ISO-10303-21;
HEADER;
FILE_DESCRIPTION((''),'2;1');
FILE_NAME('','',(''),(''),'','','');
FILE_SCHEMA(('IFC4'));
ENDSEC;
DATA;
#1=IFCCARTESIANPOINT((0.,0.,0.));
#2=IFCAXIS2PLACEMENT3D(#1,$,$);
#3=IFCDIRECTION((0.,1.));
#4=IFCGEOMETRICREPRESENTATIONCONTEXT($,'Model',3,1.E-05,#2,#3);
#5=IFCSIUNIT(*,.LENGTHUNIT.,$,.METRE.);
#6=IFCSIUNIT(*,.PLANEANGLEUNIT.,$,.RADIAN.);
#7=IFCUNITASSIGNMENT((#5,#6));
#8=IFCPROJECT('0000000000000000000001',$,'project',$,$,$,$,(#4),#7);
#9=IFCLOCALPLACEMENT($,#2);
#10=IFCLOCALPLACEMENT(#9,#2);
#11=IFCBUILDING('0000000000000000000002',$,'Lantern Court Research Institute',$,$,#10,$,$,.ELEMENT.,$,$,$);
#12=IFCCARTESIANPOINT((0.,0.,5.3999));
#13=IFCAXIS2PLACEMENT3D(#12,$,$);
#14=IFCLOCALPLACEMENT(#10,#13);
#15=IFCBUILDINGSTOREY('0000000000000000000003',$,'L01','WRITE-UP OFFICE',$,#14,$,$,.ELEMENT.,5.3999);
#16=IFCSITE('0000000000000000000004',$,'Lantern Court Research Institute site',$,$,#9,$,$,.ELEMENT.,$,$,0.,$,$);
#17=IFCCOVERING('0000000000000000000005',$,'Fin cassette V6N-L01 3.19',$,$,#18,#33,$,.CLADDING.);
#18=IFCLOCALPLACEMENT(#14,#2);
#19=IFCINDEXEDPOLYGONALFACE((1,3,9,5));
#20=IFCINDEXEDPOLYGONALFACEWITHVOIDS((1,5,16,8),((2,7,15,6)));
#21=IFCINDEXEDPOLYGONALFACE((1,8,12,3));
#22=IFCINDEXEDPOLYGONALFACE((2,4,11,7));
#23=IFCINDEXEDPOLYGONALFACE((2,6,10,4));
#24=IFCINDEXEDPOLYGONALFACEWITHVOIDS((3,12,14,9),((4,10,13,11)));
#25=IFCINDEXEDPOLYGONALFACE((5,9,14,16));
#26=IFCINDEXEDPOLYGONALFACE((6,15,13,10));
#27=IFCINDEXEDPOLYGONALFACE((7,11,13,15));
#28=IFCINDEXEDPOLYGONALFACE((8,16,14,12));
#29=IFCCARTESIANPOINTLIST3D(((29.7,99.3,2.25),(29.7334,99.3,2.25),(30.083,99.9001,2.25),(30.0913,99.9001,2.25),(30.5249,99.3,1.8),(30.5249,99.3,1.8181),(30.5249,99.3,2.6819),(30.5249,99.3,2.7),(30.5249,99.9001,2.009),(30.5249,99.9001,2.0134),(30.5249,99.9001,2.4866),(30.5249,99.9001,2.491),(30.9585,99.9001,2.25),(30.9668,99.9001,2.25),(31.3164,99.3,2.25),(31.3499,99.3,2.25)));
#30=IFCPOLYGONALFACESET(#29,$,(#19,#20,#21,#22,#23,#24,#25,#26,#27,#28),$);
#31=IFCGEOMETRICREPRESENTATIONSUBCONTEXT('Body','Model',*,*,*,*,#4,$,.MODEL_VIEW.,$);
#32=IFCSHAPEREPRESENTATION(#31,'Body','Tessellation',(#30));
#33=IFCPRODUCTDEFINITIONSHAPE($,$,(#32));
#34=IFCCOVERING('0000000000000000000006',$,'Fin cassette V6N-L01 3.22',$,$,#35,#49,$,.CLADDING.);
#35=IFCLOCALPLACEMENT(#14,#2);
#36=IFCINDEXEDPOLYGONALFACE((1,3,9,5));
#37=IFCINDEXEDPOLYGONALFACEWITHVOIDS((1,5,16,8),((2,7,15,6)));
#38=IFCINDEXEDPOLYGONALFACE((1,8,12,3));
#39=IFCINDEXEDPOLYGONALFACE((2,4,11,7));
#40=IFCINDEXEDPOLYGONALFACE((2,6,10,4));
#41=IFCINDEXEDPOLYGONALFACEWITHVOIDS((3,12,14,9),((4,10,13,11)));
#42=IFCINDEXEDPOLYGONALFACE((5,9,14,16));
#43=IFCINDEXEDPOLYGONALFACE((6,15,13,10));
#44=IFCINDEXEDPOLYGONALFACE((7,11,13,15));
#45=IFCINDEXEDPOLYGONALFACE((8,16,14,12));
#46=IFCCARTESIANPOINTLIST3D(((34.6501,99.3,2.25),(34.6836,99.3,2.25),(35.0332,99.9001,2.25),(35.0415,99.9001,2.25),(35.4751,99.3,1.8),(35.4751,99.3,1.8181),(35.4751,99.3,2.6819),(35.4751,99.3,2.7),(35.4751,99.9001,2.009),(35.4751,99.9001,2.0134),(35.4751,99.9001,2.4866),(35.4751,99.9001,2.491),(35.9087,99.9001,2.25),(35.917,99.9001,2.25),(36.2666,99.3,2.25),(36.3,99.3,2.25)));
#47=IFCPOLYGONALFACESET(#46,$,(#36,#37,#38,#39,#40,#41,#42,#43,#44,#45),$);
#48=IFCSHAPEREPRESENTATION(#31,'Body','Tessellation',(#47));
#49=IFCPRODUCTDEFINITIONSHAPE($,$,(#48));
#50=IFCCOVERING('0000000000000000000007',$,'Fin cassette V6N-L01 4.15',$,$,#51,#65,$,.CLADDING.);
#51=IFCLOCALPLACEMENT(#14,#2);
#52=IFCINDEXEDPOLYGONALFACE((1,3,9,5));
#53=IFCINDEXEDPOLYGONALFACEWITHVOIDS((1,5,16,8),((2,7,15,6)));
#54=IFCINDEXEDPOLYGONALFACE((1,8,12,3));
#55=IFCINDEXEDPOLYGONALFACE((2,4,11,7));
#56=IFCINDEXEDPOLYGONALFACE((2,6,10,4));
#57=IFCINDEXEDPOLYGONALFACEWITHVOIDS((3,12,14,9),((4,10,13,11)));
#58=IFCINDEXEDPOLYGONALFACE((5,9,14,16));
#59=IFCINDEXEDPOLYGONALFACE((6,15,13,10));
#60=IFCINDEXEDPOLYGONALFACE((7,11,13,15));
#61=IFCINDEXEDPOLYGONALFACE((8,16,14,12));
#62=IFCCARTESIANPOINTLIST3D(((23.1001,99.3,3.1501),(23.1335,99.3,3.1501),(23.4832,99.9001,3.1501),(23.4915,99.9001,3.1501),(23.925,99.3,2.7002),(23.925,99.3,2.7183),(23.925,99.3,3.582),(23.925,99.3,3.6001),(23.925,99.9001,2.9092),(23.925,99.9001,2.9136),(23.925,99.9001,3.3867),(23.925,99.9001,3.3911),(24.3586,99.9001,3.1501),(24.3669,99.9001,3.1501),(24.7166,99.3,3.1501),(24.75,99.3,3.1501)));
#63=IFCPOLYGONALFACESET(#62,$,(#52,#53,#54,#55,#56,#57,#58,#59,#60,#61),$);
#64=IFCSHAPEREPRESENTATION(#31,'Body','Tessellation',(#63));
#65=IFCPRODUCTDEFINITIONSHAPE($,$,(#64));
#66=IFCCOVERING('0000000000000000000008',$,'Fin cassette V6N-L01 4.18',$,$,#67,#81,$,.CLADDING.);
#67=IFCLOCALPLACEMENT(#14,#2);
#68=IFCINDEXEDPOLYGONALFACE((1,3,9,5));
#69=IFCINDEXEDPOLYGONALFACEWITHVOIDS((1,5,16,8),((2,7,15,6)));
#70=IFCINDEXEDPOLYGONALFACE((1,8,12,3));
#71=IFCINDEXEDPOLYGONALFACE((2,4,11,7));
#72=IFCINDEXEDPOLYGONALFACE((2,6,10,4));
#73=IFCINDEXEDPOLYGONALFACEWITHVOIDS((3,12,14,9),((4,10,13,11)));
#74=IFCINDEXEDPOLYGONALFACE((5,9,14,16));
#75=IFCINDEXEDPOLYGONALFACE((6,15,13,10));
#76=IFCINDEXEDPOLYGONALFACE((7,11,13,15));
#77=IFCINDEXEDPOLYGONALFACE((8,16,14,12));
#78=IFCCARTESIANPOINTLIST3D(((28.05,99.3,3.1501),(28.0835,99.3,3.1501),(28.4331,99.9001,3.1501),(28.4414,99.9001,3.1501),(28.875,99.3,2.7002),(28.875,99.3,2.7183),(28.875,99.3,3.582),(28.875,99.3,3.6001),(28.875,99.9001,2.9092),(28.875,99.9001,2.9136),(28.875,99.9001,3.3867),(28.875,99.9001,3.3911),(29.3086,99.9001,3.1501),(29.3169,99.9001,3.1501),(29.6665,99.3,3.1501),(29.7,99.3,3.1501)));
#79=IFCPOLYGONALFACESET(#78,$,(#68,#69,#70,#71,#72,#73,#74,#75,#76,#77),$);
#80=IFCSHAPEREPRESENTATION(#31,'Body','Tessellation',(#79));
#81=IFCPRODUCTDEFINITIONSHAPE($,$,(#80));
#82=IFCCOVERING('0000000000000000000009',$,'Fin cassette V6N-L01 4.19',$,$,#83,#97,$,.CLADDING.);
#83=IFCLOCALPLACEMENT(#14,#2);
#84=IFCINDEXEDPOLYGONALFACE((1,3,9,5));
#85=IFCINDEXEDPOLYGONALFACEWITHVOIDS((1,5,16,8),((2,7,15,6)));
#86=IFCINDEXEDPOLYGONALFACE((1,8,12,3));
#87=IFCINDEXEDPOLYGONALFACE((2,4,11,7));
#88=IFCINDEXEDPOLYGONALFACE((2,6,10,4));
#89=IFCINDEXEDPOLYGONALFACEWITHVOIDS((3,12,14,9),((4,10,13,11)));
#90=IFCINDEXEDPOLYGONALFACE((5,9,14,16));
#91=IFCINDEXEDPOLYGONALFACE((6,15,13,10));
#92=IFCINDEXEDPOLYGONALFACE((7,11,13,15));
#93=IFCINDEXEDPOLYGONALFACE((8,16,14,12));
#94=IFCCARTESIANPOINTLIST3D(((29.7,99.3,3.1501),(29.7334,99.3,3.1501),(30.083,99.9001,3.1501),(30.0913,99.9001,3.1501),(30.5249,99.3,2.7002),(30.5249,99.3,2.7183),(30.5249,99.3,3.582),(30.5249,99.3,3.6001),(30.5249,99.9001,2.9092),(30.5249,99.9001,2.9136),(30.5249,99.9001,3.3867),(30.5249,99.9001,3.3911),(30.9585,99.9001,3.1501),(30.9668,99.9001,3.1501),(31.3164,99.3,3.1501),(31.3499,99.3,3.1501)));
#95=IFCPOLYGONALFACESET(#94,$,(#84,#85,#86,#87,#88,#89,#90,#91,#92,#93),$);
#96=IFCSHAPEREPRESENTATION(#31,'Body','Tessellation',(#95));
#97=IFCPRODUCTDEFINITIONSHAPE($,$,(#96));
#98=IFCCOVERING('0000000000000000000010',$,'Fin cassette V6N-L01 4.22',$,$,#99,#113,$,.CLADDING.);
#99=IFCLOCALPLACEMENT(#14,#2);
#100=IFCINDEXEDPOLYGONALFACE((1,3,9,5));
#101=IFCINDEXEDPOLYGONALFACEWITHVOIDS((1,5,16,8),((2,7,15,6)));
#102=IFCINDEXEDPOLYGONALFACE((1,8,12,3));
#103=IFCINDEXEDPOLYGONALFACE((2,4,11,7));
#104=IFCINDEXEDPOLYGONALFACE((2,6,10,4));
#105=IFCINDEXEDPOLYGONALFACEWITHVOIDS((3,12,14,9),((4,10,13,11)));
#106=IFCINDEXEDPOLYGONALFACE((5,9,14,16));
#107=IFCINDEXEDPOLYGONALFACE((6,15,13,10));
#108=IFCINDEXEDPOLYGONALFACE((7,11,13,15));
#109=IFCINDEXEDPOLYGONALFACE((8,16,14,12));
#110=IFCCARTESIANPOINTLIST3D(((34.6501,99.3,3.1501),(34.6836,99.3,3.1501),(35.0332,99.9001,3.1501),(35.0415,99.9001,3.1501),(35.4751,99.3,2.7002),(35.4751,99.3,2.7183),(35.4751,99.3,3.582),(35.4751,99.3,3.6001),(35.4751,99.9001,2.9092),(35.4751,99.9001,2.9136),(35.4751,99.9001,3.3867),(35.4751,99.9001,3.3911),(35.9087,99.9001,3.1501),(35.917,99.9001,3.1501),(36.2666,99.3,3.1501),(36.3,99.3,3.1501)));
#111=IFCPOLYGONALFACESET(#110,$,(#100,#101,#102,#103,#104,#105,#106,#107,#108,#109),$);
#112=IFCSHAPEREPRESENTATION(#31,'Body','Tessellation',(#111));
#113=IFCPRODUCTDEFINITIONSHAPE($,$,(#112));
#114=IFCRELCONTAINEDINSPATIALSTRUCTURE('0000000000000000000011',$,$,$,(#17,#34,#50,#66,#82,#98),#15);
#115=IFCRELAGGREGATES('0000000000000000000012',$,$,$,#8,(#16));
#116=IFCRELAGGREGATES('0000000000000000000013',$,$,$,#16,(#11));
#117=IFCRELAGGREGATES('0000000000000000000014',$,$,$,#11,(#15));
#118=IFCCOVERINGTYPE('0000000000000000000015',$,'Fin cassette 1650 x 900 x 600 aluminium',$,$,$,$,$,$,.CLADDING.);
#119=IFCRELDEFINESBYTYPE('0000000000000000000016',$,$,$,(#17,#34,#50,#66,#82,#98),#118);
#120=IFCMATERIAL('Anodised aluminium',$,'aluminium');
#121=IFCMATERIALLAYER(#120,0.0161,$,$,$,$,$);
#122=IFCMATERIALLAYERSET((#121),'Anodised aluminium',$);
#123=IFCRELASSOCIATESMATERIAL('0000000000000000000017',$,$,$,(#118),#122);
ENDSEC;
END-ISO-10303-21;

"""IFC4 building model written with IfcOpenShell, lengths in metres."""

from ifc_helpers import new_model, entity, si_unit, direction, frame, origin, place, context, subcontext, project, spatial, material, layer, layer_set, type_object, element, save


model = new_model("IFC4")

# Units and contexts
model_context = context("Model", 3, precision=1e-05, world=origin(), true_north=direction((0.0, 1.0)))
body_context = subcontext(model_context, "Body", "Model", "MODEL_VIEW")
ifc_project = project(units=[si_unit("LENGTHUNIT", "METRE"), si_unit("PLANEANGLEUNIT", "RADIAN")], contexts=[model_context])

# Site, building, storey
site_placement = place(None, origin())
site = spatial("IfcSite", under=ifc_project, at=site_placement, Name="Lantern Court Research Institute site", CompositionType="ELEMENT", RefElevation=0.0)
building_placement = place(site_placement, origin())
building = spatial("IfcBuilding", under=site, at=building_placement, Name="Lantern Court Research Institute", CompositionType="ELEMENT")
storey_placement = place(building_placement, frame((0.0, 0.0, 5.3999)))
storey = spatial("IfcBuildingStorey", under=building, at=storey_placement, Name="L01", Description="WRITE-UP OFFICE", CompositionType="ELEMENT", Elevation=5.3999)

# Coverings
ifc_material_1 = material(Name="Anodised aluminium", Category="aluminium")
ifc_layer_1 = layer(ifc_material_1, 0.0161)
ifc_layer_set_1 = layer_set([ifc_layer_1], Name="Anodised aluminium")
covering_type_1 = type_object("IfcCoveringType", Name="Fin cassette 1650 x 900 x 600 aluminium", PredefinedType="CLADDING", material=ifc_layer_set_1)
covering_1_placement = place(storey_placement, frame((30.5249, 99.3, 2.25), z_axis=(0.0, 1.0, 0.0), x_axis=(-1.0, 0.0, 0.0)))
cartesian_point_1 = entity("IfcCartesianPoint", [0.825, 0.0])
cartesian_point_2 = entity("IfcCartesianPoint", [0.7915, 0.0])
cartesian_point_3 = entity("IfcCartesianPoint", [0.4419, 0.0])
cartesian_point_4 = entity("IfcCartesianPoint", [0.4336, 0.0])
element("IfcCovering", 1, at=covering_1_placement, inside=storey, type_object=covering_type_1, Name="Fin cassette V6N-L01 3.19", PredefinedType="CLADDING", context=body_context, shape_type="SweptSolid", body=[
    entity("IfcExtrudedAreaSolidTapered", entity("IfcArbitraryProfileDefWithVoids", "AREA", None, entity("IfcPolyline", [cartesian_point_1, entity("IfcCartesianPoint", [0.0, 0.45]), entity("IfcCartesianPoint", [-0.825, 0.0]), entity("IfcCartesianPoint", [0.0, -0.45]), cartesian_point_1]), [entity("IfcPolyline", [cartesian_point_2, entity("IfcCartesianPoint", [0.0, 0.4319]), entity("IfcCartesianPoint", [-0.7915, 0.0]), entity("IfcCartesianPoint", [0.0, -0.4319]), cartesian_point_2])]), entity("IfcAxis2Placement3D", entity("IfcCartesianPoint", [0.0, 0.0, 0.0])), entity("IfcDirection", [0.0, 0.0, 1.0]), 0.6001, entity("IfcArbitraryProfileDefWithVoids", "AREA", None, entity("IfcPolyline", [cartesian_point_3, entity("IfcCartesianPoint", [0.0, 0.241]), entity("IfcCartesianPoint", [-0.4419, 0.0]), entity("IfcCartesianPoint", [0.0, -0.241]), cartesian_point_3]), [entity("IfcPolyline", [cartesian_point_4, entity("IfcCartesianPoint", [0.0, 0.2366]), entity("IfcCartesianPoint", [-0.4336, 0.0]), entity("IfcCartesianPoint", [0.0, -0.2366]), cartesian_point_4])])),
])
covering_2_placement = place(storey_placement, frame((35.4751, 99.3, 2.25), z_axis=(0.0, 1.0, 0.0), x_axis=(-1.0, 0.0, 0.0)))
cartesian_point_5 = entity("IfcCartesianPoint", [0.825, 0.0])
cartesian_point_6 = entity("IfcCartesianPoint", [0.7915, 0.0])
cartesian_point_7 = entity("IfcCartesianPoint", [0.4419, 0.0])
cartesian_point_8 = entity("IfcCartesianPoint", [0.4336, 0.0])
element("IfcCovering", 2, at=covering_2_placement, inside=storey, type_object=covering_type_1, Name="Fin cassette V6N-L01 3.22", PredefinedType="CLADDING", context=body_context, shape_type="SweptSolid", body=[
    entity("IfcExtrudedAreaSolidTapered", entity("IfcArbitraryProfileDefWithVoids", "AREA", None, entity("IfcPolyline", [cartesian_point_5, entity("IfcCartesianPoint", [0.0, 0.45]), entity("IfcCartesianPoint", [-0.825, 0.0]), entity("IfcCartesianPoint", [0.0, -0.45]), cartesian_point_5]), [entity("IfcPolyline", [cartesian_point_6, entity("IfcCartesianPoint", [0.0, 0.4319]), entity("IfcCartesianPoint", [-0.7915, 0.0]), entity("IfcCartesianPoint", [0.0, -0.4319]), cartesian_point_6])]), entity("IfcAxis2Placement3D", entity("IfcCartesianPoint", [0.0, 0.0, 0.0])), entity("IfcDirection", [0.0, 0.0, 1.0]), 0.6001, entity("IfcArbitraryProfileDefWithVoids", "AREA", None, entity("IfcPolyline", [cartesian_point_7, entity("IfcCartesianPoint", [0.0, 0.241]), entity("IfcCartesianPoint", [-0.4419, 0.0]), entity("IfcCartesianPoint", [0.0, -0.241]), cartesian_point_7]), [entity("IfcPolyline", [cartesian_point_8, entity("IfcCartesianPoint", [0.0, 0.2366]), entity("IfcCartesianPoint", [-0.4336, 0.0]), entity("IfcCartesianPoint", [0.0, -0.2366]), cartesian_point_8])])),
])
covering_3_placement = place(storey_placement, frame((23.925, 99.3, 3.1501), z_axis=(0.0, 1.0, 0.0), x_axis=(-1.0, 0.0, 0.0)))
cartesian_point_9 = entity("IfcCartesianPoint", [0.825, 0.0])
cartesian_point_10 = entity("IfcCartesianPoint", [0.7915, 0.0])
cartesian_point_11 = entity("IfcCartesianPoint", [0.4419, 0.0])
cartesian_point_12 = entity("IfcCartesianPoint", [0.4336, 0.0])
element("IfcCovering", 3, at=covering_3_placement, inside=storey, type_object=covering_type_1, Name="Fin cassette V6N-L01 4.15", PredefinedType="CLADDING", context=body_context, shape_type="SweptSolid", body=[
    entity("IfcExtrudedAreaSolidTapered", entity("IfcArbitraryProfileDefWithVoids", "AREA", None, entity("IfcPolyline", [cartesian_point_9, entity("IfcCartesianPoint", [0.0, 0.45]), entity("IfcCartesianPoint", [-0.825, 0.0]), entity("IfcCartesianPoint", [0.0, -0.45]), cartesian_point_9]), [entity("IfcPolyline", [cartesian_point_10, entity("IfcCartesianPoint", [0.0, 0.4319]), entity("IfcCartesianPoint", [-0.7915, 0.0]), entity("IfcCartesianPoint", [0.0, -0.4319]), cartesian_point_10])]), entity("IfcAxis2Placement3D", entity("IfcCartesianPoint", [0.0, 0.0, 0.0])), entity("IfcDirection", [0.0, 0.0, 1.0]), 0.6001, entity("IfcArbitraryProfileDefWithVoids", "AREA", None, entity("IfcPolyline", [cartesian_point_11, entity("IfcCartesianPoint", [0.0, 0.241]), entity("IfcCartesianPoint", [-0.4419, 0.0]), entity("IfcCartesianPoint", [0.0, -0.241]), cartesian_point_11]), [entity("IfcPolyline", [cartesian_point_12, entity("IfcCartesianPoint", [0.0, 0.2366]), entity("IfcCartesianPoint", [-0.4336, 0.0]), entity("IfcCartesianPoint", [0.0, -0.2366]), cartesian_point_12])])),
])
covering_4_placement = place(storey_placement, frame((28.875, 99.3, 3.1501), z_axis=(0.0, 1.0, 0.0), x_axis=(-1.0, 0.0, 0.0)))
cartesian_point_13 = entity("IfcCartesianPoint", [0.825, 0.0])
cartesian_point_14 = entity("IfcCartesianPoint", [0.7915, 0.0])
cartesian_point_15 = entity("IfcCartesianPoint", [0.4419, 0.0])
cartesian_point_16 = entity("IfcCartesianPoint", [0.4336, 0.0])
element("IfcCovering", 4, at=covering_4_placement, inside=storey, type_object=covering_type_1, Name="Fin cassette V6N-L01 4.18", PredefinedType="CLADDING", context=body_context, shape_type="SweptSolid", body=[
    entity("IfcExtrudedAreaSolidTapered", entity("IfcArbitraryProfileDefWithVoids", "AREA", None, entity("IfcPolyline", [cartesian_point_13, entity("IfcCartesianPoint", [0.0, 0.45]), entity("IfcCartesianPoint", [-0.825, 0.0]), entity("IfcCartesianPoint", [0.0, -0.45]), cartesian_point_13]), [entity("IfcPolyline", [cartesian_point_14, entity("IfcCartesianPoint", [0.0, 0.4319]), entity("IfcCartesianPoint", [-0.7915, 0.0]), entity("IfcCartesianPoint", [0.0, -0.4319]), cartesian_point_14])]), entity("IfcAxis2Placement3D", entity("IfcCartesianPoint", [0.0, 0.0, 0.0])), entity("IfcDirection", [0.0, 0.0, 1.0]), 0.6001, entity("IfcArbitraryProfileDefWithVoids", "AREA", None, entity("IfcPolyline", [cartesian_point_15, entity("IfcCartesianPoint", [0.0, 0.241]), entity("IfcCartesianPoint", [-0.4419, 0.0]), entity("IfcCartesianPoint", [0.0, -0.241]), cartesian_point_15]), [entity("IfcPolyline", [cartesian_point_16, entity("IfcCartesianPoint", [0.0, 0.2366]), entity("IfcCartesianPoint", [-0.4336, 0.0]), entity("IfcCartesianPoint", [0.0, -0.2366]), cartesian_point_16])])),
])
covering_5_placement = place(storey_placement, frame((30.5249, 99.3, 3.1501), z_axis=(0.0, 1.0, 0.0), x_axis=(-1.0, 0.0, 0.0)))
cartesian_point_17 = entity("IfcCartesianPoint", [0.825, 0.0])
cartesian_point_18 = entity("IfcCartesianPoint", [0.7915, 0.0])
cartesian_point_19 = entity("IfcCartesianPoint", [0.4419, 0.0])
cartesian_point_20 = entity("IfcCartesianPoint", [0.4336, 0.0])
element("IfcCovering", 5, at=covering_5_placement, inside=storey, type_object=covering_type_1, Name="Fin cassette V6N-L01 4.19", PredefinedType="CLADDING", context=body_context, shape_type="SweptSolid", body=[
    entity("IfcExtrudedAreaSolidTapered", entity("IfcArbitraryProfileDefWithVoids", "AREA", None, entity("IfcPolyline", [cartesian_point_17, entity("IfcCartesianPoint", [0.0, 0.45]), entity("IfcCartesianPoint", [-0.825, 0.0]), entity("IfcCartesianPoint", [0.0, -0.45]), cartesian_point_17]), [entity("IfcPolyline", [cartesian_point_18, entity("IfcCartesianPoint", [0.0, 0.4319]), entity("IfcCartesianPoint", [-0.7915, 0.0]), entity("IfcCartesianPoint", [0.0, -0.4319]), cartesian_point_18])]), entity("IfcAxis2Placement3D", entity("IfcCartesianPoint", [0.0, 0.0, 0.0])), entity("IfcDirection", [0.0, 0.0, 1.0]), 0.6001, entity("IfcArbitraryProfileDefWithVoids", "AREA", None, entity("IfcPolyline", [cartesian_point_19, entity("IfcCartesianPoint", [0.0, 0.241]), entity("IfcCartesianPoint", [-0.4419, 0.0]), entity("IfcCartesianPoint", [0.0, -0.241]), cartesian_point_19]), [entity("IfcPolyline", [cartesian_point_20, entity("IfcCartesianPoint", [0.0, 0.2366]), entity("IfcCartesianPoint", [-0.4336, 0.0]), entity("IfcCartesianPoint", [0.0, -0.2366]), cartesian_point_20])])),
])
covering_6_placement = place(storey_placement, frame((35.4751, 99.3, 3.1501), z_axis=(0.0, 1.0, 0.0), x_axis=(-1.0, 0.0, 0.0)))
cartesian_point_21 = entity("IfcCartesianPoint", [0.825, 0.0])
cartesian_point_22 = entity("IfcCartesianPoint", [0.7915, 0.0])
cartesian_point_23 = entity("IfcCartesianPoint", [0.4419, 0.0])
cartesian_point_24 = entity("IfcCartesianPoint", [0.4336, 0.0])
element("IfcCovering", 6, at=covering_6_placement, inside=storey, type_object=covering_type_1, Name="Fin cassette V6N-L01 4.22", PredefinedType="CLADDING", context=body_context, shape_type="SweptSolid", body=[
    entity("IfcExtrudedAreaSolidTapered", entity("IfcArbitraryProfileDefWithVoids", "AREA", None, entity("IfcPolyline", [cartesian_point_21, entity("IfcCartesianPoint", [0.0, 0.45]), entity("IfcCartesianPoint", [-0.825, 0.0]), entity("IfcCartesianPoint", [0.0, -0.45]), cartesian_point_21]), [entity("IfcPolyline", [cartesian_point_22, entity("IfcCartesianPoint", [0.0, 0.4319]), entity("IfcCartesianPoint", [-0.7915, 0.0]), entity("IfcCartesianPoint", [0.0, -0.4319]), cartesian_point_22])]), entity("IfcAxis2Placement3D", entity("IfcCartesianPoint", [0.0, 0.0, 0.0])), entity("IfcDirection", [0.0, 0.0, 1.0]), 0.6001, entity("IfcArbitraryProfileDefWithVoids", "AREA", None, entity("IfcPolyline", [cartesian_point_23, entity("IfcCartesianPoint", [0.0, 0.241]), entity("IfcCartesianPoint", [-0.4419, 0.0]), entity("IfcCartesianPoint", [0.0, -0.241]), cartesian_point_23]), [entity("IfcPolyline", [cartesian_point_24, entity("IfcCartesianPoint", [0.0, 0.2366]), entity("IfcCartesianPoint", [-0.4336, 0.0]), entity("IfcCartesianPoint", [0.0, -0.2366]), cartesian_point_24])])),
])

save(model, "model.ifc")
